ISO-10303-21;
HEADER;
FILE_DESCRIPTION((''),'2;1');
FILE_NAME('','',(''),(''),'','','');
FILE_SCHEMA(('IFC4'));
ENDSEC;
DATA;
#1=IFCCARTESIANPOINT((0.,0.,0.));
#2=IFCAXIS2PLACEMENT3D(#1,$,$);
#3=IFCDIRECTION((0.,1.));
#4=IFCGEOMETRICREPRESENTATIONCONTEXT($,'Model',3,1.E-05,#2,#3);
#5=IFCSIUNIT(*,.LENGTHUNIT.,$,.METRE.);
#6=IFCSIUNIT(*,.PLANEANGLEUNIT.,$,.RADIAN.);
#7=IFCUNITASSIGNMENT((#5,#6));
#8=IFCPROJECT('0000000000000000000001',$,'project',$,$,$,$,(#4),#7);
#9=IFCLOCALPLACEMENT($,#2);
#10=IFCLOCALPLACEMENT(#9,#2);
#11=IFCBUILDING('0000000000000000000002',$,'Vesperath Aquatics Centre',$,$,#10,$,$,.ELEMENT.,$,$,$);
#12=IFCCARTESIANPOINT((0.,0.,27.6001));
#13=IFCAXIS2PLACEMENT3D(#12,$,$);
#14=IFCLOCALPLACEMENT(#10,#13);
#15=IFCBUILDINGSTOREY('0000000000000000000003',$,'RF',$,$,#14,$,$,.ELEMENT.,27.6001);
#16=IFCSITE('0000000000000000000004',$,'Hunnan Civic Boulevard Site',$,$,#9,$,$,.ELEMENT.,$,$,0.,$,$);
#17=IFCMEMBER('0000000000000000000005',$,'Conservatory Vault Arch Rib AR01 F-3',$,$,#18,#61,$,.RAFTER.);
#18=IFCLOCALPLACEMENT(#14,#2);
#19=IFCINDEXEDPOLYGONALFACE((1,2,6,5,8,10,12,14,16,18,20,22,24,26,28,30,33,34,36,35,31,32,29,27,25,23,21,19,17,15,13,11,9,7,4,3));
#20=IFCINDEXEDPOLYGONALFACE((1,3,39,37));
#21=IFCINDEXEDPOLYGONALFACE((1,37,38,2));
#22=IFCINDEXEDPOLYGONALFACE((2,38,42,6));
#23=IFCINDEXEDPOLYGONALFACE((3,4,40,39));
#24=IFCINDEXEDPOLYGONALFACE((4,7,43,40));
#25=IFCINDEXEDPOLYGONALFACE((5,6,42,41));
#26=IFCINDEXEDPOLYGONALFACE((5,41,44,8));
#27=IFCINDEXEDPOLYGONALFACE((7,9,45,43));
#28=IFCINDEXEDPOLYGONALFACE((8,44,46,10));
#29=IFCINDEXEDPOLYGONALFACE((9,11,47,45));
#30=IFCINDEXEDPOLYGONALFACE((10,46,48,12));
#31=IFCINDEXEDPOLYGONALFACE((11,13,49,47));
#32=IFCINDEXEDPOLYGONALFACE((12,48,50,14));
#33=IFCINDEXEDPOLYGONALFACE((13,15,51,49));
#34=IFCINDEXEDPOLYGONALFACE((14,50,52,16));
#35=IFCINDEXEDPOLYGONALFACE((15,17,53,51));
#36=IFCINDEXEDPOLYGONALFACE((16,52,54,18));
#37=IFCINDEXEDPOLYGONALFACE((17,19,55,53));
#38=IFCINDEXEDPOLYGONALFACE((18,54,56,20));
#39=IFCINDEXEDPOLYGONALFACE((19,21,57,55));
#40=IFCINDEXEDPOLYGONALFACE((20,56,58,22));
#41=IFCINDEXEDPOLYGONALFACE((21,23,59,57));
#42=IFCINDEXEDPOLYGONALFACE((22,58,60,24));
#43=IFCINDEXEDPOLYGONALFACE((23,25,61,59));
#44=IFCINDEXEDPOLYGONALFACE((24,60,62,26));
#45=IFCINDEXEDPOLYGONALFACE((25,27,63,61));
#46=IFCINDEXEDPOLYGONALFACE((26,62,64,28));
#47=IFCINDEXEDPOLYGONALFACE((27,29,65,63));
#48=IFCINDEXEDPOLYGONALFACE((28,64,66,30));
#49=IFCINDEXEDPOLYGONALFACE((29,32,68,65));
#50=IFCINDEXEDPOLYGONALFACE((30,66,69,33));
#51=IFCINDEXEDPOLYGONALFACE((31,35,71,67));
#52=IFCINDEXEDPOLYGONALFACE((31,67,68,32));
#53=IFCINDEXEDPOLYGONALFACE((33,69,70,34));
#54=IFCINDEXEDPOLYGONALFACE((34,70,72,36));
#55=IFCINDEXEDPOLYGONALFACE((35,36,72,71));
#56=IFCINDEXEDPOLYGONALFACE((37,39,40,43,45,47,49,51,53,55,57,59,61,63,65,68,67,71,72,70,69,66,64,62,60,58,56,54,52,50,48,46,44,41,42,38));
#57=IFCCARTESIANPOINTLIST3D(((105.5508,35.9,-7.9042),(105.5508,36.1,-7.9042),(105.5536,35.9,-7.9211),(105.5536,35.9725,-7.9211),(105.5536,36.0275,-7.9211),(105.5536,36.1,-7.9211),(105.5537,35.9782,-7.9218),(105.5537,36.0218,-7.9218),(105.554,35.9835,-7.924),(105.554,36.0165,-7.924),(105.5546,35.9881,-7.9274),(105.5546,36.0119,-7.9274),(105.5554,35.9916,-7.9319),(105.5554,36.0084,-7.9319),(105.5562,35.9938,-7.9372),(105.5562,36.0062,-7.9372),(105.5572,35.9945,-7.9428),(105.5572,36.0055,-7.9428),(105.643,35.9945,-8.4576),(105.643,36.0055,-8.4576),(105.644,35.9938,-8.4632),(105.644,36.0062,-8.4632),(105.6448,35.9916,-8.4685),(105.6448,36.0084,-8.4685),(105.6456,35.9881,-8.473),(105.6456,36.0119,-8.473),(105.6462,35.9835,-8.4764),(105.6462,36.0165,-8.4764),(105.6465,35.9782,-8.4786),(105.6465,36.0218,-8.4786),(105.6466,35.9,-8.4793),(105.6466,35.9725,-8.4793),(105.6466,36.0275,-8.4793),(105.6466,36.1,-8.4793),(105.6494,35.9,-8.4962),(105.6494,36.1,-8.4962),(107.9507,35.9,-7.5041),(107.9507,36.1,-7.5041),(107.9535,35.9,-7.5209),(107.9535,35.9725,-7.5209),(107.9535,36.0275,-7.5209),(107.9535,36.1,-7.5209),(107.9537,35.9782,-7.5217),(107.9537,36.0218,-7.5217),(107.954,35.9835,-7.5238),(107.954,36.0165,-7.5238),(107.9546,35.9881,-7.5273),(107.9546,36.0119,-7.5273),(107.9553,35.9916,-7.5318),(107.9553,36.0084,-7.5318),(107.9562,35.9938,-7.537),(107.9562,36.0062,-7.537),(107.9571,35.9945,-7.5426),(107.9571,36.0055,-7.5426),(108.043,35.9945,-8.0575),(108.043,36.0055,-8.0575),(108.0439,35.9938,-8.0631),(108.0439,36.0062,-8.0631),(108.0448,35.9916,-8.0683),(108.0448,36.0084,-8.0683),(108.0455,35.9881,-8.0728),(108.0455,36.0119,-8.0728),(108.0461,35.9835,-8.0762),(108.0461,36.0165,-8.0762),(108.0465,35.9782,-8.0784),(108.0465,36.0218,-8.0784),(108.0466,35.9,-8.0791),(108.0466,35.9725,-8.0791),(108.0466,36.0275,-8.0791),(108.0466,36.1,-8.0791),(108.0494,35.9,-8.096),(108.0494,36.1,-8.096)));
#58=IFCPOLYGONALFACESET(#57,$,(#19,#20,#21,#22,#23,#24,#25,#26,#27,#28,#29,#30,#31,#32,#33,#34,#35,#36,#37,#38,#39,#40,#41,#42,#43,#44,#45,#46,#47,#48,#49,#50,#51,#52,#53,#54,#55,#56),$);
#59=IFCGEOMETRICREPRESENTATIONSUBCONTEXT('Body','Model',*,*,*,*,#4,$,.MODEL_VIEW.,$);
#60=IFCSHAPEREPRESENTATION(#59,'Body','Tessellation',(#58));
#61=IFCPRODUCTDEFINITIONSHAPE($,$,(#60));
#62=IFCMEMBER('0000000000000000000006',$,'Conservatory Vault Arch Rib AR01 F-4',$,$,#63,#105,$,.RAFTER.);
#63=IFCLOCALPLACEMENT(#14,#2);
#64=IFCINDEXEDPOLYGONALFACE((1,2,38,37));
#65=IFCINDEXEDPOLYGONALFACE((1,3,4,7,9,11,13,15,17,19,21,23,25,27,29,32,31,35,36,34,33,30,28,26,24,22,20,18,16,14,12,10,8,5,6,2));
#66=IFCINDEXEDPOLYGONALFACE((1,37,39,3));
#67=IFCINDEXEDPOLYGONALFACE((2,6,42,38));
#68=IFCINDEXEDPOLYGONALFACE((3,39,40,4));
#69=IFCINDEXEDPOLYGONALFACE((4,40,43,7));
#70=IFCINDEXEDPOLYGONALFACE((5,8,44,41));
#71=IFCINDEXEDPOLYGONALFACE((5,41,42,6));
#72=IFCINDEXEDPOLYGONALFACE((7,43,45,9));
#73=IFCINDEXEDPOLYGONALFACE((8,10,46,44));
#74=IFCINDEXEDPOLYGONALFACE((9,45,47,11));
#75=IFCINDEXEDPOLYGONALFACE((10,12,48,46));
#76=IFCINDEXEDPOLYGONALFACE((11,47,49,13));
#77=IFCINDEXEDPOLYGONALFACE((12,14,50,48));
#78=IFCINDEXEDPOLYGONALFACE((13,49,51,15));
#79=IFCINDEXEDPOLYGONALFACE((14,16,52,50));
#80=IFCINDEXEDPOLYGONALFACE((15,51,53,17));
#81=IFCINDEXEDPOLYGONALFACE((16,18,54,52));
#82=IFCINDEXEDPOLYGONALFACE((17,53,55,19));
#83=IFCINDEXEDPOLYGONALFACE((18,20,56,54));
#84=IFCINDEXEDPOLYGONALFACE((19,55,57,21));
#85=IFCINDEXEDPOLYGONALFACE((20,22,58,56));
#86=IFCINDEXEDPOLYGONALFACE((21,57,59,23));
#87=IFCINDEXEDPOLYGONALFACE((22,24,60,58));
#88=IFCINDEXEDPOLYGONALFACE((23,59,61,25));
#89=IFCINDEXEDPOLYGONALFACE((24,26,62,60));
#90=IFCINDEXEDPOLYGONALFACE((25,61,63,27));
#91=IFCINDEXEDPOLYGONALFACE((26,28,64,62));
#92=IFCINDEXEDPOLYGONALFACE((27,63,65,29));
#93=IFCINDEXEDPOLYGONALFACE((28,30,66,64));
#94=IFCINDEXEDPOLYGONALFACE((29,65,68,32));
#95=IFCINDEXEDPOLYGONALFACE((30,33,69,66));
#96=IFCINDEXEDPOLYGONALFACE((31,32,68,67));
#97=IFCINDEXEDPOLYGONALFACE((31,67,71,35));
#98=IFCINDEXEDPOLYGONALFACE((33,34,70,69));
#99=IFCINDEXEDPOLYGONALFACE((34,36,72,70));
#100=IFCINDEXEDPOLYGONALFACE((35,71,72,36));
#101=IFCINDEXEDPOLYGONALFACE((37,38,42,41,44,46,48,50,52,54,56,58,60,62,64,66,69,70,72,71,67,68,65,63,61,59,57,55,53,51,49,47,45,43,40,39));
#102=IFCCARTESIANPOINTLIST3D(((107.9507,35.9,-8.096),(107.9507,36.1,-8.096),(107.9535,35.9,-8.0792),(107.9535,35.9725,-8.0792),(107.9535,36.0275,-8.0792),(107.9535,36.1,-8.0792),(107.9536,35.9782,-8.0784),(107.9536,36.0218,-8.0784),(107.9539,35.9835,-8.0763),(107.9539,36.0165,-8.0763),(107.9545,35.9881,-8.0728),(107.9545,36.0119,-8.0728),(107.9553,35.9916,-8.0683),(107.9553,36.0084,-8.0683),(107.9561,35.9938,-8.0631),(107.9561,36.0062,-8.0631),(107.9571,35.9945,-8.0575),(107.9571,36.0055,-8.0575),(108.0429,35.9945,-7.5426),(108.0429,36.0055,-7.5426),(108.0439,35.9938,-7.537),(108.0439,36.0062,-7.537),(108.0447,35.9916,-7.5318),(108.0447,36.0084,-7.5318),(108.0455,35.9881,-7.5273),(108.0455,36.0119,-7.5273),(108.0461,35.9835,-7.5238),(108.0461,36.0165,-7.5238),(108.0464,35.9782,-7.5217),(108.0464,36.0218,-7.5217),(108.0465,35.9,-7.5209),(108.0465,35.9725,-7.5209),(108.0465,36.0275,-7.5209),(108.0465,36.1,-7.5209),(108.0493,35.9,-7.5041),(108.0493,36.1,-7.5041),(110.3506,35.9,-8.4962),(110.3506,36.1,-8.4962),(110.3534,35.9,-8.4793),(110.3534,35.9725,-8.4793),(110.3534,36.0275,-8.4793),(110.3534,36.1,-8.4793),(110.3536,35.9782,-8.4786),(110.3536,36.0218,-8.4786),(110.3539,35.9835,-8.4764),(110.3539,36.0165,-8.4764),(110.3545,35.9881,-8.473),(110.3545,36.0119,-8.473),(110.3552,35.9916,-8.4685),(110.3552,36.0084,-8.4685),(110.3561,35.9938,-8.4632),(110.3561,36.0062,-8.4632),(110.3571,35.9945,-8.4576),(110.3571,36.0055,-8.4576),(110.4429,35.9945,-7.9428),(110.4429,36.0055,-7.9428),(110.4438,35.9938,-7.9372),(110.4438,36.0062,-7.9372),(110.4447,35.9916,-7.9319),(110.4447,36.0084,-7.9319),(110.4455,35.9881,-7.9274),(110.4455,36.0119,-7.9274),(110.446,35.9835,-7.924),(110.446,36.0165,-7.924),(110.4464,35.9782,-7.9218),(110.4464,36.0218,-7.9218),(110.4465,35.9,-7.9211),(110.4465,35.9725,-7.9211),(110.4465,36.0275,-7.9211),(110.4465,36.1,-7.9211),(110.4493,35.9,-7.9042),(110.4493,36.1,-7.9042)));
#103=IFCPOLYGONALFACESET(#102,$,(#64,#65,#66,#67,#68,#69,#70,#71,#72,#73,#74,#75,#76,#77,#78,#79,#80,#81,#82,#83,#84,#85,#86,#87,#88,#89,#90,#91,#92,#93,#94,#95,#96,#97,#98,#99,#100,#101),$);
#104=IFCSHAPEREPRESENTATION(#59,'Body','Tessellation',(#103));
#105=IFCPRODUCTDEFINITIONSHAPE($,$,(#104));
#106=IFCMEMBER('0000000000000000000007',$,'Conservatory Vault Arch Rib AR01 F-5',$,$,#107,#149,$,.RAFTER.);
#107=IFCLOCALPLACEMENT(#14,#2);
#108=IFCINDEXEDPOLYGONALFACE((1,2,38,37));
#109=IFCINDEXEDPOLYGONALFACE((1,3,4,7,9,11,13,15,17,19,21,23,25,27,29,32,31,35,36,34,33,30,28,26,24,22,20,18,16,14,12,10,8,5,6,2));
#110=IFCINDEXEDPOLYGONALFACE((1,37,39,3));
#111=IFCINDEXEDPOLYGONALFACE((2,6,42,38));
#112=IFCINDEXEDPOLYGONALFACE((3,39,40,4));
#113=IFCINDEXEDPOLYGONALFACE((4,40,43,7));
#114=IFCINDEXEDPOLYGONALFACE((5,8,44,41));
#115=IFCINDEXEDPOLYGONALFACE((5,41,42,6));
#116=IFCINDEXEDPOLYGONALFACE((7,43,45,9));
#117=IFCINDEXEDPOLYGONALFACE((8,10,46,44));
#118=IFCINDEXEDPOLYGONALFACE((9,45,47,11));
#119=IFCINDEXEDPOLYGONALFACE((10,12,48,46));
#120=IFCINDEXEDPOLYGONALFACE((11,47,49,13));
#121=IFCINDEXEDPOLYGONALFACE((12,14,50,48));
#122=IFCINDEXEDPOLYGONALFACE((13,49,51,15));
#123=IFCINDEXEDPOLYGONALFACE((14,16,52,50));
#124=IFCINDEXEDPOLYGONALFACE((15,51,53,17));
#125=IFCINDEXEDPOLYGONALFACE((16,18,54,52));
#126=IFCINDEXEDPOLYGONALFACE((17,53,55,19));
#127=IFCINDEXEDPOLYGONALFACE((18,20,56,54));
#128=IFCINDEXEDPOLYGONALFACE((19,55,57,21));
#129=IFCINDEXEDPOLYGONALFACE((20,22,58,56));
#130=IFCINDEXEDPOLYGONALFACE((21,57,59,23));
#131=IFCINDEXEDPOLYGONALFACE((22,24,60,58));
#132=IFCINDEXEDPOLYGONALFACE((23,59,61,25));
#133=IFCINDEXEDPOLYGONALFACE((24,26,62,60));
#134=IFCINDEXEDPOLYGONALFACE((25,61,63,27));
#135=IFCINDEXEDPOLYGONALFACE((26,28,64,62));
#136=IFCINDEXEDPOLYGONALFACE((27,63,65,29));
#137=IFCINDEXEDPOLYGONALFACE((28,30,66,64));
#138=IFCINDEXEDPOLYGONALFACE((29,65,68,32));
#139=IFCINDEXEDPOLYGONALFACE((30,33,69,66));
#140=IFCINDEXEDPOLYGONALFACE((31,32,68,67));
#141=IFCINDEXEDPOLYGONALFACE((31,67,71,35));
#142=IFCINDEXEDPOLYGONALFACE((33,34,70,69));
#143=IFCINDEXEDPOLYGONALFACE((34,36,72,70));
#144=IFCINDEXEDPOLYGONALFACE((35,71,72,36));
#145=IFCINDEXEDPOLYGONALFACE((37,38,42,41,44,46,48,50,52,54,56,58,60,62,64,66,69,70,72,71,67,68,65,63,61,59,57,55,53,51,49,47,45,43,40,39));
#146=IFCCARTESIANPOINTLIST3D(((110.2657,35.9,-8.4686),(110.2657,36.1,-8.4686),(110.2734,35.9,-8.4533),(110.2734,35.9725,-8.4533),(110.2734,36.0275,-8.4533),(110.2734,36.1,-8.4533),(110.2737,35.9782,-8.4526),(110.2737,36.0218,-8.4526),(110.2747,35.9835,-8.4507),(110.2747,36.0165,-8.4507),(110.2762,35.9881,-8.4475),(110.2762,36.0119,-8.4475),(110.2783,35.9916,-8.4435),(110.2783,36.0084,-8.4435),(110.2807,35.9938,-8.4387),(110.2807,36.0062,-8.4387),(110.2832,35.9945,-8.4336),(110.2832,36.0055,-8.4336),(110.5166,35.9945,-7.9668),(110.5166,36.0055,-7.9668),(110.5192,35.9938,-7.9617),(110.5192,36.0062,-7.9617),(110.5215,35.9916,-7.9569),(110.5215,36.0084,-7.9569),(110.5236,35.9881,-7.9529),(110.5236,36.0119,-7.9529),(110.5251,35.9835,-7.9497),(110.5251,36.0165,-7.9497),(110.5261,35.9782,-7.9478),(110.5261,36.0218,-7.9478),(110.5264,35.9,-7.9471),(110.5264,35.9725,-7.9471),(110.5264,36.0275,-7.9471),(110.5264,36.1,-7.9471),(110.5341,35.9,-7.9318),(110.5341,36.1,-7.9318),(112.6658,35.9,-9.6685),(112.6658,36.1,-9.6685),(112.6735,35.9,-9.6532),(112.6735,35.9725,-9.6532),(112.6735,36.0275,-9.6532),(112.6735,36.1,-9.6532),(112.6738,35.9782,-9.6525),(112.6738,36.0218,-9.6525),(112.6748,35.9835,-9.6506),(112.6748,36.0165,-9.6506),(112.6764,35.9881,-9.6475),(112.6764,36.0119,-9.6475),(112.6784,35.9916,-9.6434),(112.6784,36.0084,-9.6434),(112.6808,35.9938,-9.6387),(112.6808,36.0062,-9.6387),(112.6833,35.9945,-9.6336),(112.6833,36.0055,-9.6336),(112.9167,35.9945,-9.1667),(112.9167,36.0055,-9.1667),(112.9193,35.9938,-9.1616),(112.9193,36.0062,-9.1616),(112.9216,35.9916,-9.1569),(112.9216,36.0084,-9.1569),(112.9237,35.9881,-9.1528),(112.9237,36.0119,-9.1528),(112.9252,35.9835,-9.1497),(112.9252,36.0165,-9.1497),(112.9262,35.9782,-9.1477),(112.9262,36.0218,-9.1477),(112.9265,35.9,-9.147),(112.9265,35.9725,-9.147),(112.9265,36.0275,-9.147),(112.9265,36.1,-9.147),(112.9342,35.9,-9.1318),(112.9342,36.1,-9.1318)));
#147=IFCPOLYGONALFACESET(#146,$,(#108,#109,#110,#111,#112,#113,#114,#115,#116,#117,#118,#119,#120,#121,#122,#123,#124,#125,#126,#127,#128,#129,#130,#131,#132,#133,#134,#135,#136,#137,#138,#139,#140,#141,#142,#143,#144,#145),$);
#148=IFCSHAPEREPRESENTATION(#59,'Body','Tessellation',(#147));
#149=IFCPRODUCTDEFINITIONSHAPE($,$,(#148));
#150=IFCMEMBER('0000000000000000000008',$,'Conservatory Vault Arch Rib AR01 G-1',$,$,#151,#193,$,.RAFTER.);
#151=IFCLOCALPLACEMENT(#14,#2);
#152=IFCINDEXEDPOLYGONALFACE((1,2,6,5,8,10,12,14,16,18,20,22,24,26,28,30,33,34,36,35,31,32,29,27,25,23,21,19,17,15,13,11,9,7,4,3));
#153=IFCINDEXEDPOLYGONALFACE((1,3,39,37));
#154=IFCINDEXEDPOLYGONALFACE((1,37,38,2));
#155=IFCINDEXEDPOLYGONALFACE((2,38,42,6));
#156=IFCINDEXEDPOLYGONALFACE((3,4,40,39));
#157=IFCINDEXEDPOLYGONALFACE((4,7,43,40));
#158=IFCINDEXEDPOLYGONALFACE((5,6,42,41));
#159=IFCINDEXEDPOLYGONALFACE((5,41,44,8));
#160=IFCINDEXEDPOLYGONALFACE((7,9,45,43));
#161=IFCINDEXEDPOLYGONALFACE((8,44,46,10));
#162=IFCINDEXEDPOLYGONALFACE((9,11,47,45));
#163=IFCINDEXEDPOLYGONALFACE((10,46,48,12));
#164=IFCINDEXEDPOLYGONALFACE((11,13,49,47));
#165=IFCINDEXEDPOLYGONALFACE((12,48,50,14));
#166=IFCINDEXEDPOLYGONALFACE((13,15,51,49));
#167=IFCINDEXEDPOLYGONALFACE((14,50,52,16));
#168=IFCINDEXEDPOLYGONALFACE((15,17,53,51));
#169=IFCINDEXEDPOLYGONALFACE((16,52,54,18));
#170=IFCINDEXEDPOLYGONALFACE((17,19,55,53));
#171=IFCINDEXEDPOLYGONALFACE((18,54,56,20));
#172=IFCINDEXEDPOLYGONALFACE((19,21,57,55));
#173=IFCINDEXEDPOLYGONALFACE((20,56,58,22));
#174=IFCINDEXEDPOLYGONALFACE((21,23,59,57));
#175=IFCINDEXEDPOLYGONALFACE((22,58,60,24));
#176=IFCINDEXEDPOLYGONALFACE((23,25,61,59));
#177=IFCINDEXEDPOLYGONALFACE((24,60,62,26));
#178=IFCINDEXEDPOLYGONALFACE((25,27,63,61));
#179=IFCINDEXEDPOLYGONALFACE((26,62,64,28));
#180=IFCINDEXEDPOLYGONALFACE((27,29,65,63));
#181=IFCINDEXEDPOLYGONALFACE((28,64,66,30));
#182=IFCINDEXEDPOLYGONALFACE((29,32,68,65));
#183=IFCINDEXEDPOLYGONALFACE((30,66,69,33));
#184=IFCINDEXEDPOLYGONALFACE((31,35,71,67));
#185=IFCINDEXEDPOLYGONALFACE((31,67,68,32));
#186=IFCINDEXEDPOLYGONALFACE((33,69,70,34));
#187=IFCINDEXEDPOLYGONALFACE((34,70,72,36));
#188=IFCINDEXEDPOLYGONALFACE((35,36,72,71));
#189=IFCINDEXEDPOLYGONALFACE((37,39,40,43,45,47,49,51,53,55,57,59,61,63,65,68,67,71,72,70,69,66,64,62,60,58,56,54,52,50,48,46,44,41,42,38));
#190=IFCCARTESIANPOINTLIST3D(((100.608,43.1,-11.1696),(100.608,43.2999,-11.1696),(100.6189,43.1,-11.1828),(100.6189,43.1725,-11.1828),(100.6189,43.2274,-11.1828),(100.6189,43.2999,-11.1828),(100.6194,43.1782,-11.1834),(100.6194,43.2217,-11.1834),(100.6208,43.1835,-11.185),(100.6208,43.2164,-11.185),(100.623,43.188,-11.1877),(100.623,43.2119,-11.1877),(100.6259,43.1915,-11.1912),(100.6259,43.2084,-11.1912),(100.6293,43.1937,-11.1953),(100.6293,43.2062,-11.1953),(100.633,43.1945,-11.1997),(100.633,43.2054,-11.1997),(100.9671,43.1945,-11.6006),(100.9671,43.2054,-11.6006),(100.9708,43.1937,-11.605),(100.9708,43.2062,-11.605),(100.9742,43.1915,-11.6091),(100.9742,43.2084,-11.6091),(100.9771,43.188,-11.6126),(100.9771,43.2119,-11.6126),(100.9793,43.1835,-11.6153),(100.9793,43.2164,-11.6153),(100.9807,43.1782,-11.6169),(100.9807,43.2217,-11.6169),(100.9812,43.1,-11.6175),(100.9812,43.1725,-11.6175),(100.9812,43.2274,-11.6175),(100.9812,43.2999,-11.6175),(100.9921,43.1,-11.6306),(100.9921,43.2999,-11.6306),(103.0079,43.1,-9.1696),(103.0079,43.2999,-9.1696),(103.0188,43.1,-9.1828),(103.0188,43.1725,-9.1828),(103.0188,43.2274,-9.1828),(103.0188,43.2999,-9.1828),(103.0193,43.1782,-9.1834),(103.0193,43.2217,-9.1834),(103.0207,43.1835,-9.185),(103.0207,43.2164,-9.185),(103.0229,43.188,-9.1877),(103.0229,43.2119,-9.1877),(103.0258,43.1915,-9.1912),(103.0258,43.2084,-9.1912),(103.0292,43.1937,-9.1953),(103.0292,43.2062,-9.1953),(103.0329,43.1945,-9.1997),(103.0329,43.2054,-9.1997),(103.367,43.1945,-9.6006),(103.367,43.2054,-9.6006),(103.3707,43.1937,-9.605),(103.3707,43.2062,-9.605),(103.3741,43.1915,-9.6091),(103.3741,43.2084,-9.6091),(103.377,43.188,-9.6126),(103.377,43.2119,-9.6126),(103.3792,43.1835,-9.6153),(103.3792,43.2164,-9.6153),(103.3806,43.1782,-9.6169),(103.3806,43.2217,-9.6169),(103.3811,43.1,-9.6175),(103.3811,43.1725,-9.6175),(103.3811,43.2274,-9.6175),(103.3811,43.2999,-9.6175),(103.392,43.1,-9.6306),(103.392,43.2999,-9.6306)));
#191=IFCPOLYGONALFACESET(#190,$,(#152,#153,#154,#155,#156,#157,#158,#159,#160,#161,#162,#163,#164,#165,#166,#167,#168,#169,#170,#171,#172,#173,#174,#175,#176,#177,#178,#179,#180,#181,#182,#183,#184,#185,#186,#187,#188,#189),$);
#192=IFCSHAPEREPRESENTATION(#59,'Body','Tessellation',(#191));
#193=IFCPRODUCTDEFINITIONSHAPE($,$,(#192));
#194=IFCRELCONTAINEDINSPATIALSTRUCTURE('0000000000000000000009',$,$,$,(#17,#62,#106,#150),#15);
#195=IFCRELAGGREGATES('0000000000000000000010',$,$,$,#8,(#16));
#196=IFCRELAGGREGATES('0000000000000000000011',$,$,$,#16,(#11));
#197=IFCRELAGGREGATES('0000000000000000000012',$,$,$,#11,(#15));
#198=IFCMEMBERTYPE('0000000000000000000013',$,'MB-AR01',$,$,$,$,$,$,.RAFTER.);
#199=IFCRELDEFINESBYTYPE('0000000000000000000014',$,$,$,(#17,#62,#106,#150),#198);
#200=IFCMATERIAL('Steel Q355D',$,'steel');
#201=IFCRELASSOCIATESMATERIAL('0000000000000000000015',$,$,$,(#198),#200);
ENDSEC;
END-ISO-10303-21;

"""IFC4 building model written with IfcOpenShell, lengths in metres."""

from ifc_helpers import new_model, si_unit, direction, frame, origin, origin_2d, place, context, subcontext, project, spatial, i_section, extrude, material, material_profile, profile_set, type_object, element, save


model = new_model("IFC4")

# Units and contexts
model_context = context("Model", 3, precision=1e-05, world=origin(), true_north=direction((0.0, 1.0)))
body_context = subcontext(model_context, "Body", "Model", "MODEL_VIEW")
ifc_project = project(units=[si_unit("LENGTHUNIT", "METRE"), si_unit("PLANEANGLEUNIT", "RADIAN")], contexts=[model_context])

# Site, building, storey
site_placement = place(None, origin())
site = spatial("IfcSite", under=ifc_project, at=site_placement, Name="Hunnan Civic Boulevard Site", CompositionType="ELEMENT", RefElevation=0.0)
building_placement = place(site_placement, origin())
building = spatial("IfcBuilding", under=site, at=building_placement, Name="Vesperath Aquatics Centre", CompositionType="ELEMENT")
storey_placement = place(building_placement, frame((0.0, 0.0, 27.6001)))
storey = spatial("IfcBuildingStorey", under=building, at=storey_placement, Name="RF", CompositionType="ELEMENT", Elevation=27.6001)

# Shared definitions
ifc_material_1 = material(Name="Steel Q355D", Category="steel")

# Members
ifc_material_profile_1 = material_profile(ifc_material_1, i_section(OverallWidth=0.2, OverallDepth=0.6001, WebThickness=0.011, FlangeThickness=0.0171, FilletRadius=0.022, at=origin_2d()), Name="HN 600x200x11x17")
ifc_profile_set_1 = profile_set([ifc_material_profile_1], Name="Steel Q355D")
member_type_1 = type_object("IfcMemberType", Name="MB-AR01", PredefinedType="RAFTER", material=ifc_profile_set_1)
for number, where, z_axis, x_axis, name in (
    (1, (105.6001, 36.0, -8.2002), (0.986383, 0.0, 0.164464), (0.0, 1.0, 0.0), "Conservatory Vault Arch Rib AR01 F-3"),
    (2, (108.0, 36.0, -7.8), (0.986383, 0.0, -0.164464), (0.0, 1.0, 0.0), "Conservatory Vault Arch Rib AR01 F-4"),
):
    element("IfcMember", number, at=place(storey_placement, frame(where, z_axis=z_axis, x_axis=x_axis)), inside=storey, type_object=member_type_1, Name=name, PredefinedType="RAFTER", context=body_context, shape_type="SweptSolid", body=[
        extrude(i_section(OverallWidth=0.2, OverallDepth=0.6001, WebThickness=0.011, FlangeThickness=0.0171, FilletRadius=0.022, at=origin_2d()), origin(), (0.0, 0.0, 1.0), 2.4331),
    ])
member_1_placement = place(storey_placement, frame((110.3999, 36.0, -8.2002), z_axis=(0.894445, 0.0, -0.447177), x_axis=(0.0, 1.0, 0.0)))
element("IfcMember", 3, at=member_1_placement, inside=storey, type_object=member_type_1, Name="Conservatory Vault Arch Rib AR01 F-5", PredefinedType="RAFTER", context=body_context, shape_type="SweptSolid", body=[
    extrude(i_section(OverallWidth=0.2, OverallDepth=0.6001, WebThickness=0.011, FlangeThickness=0.0171, FilletRadius=0.022, at=origin_2d()), origin(), (0.0, 0.0, 1.0), 2.6833),
])
member_2_placement = place(storey_placement, frame((100.8, 43.2, -11.4001), z_axis=(0.768208, 0.0, 0.6402), x_axis=(0.0, 1.0, 0.0)))
element("IfcMember", 4, at=member_2_placement, inside=storey, type_object=member_type_1, Name="Conservatory Vault Arch Rib AR01 G-1", PredefinedType="RAFTER", context=body_context, shape_type="SweptSolid", body=[
    extrude(i_section(OverallWidth=0.2, OverallDepth=0.6001, WebThickness=0.011, FlangeThickness=0.0171, FilletRadius=0.022, at=origin_2d()), origin(), (0.0, 0.0, 1.0), 3.124),
])

save(model, "model.ifc")
